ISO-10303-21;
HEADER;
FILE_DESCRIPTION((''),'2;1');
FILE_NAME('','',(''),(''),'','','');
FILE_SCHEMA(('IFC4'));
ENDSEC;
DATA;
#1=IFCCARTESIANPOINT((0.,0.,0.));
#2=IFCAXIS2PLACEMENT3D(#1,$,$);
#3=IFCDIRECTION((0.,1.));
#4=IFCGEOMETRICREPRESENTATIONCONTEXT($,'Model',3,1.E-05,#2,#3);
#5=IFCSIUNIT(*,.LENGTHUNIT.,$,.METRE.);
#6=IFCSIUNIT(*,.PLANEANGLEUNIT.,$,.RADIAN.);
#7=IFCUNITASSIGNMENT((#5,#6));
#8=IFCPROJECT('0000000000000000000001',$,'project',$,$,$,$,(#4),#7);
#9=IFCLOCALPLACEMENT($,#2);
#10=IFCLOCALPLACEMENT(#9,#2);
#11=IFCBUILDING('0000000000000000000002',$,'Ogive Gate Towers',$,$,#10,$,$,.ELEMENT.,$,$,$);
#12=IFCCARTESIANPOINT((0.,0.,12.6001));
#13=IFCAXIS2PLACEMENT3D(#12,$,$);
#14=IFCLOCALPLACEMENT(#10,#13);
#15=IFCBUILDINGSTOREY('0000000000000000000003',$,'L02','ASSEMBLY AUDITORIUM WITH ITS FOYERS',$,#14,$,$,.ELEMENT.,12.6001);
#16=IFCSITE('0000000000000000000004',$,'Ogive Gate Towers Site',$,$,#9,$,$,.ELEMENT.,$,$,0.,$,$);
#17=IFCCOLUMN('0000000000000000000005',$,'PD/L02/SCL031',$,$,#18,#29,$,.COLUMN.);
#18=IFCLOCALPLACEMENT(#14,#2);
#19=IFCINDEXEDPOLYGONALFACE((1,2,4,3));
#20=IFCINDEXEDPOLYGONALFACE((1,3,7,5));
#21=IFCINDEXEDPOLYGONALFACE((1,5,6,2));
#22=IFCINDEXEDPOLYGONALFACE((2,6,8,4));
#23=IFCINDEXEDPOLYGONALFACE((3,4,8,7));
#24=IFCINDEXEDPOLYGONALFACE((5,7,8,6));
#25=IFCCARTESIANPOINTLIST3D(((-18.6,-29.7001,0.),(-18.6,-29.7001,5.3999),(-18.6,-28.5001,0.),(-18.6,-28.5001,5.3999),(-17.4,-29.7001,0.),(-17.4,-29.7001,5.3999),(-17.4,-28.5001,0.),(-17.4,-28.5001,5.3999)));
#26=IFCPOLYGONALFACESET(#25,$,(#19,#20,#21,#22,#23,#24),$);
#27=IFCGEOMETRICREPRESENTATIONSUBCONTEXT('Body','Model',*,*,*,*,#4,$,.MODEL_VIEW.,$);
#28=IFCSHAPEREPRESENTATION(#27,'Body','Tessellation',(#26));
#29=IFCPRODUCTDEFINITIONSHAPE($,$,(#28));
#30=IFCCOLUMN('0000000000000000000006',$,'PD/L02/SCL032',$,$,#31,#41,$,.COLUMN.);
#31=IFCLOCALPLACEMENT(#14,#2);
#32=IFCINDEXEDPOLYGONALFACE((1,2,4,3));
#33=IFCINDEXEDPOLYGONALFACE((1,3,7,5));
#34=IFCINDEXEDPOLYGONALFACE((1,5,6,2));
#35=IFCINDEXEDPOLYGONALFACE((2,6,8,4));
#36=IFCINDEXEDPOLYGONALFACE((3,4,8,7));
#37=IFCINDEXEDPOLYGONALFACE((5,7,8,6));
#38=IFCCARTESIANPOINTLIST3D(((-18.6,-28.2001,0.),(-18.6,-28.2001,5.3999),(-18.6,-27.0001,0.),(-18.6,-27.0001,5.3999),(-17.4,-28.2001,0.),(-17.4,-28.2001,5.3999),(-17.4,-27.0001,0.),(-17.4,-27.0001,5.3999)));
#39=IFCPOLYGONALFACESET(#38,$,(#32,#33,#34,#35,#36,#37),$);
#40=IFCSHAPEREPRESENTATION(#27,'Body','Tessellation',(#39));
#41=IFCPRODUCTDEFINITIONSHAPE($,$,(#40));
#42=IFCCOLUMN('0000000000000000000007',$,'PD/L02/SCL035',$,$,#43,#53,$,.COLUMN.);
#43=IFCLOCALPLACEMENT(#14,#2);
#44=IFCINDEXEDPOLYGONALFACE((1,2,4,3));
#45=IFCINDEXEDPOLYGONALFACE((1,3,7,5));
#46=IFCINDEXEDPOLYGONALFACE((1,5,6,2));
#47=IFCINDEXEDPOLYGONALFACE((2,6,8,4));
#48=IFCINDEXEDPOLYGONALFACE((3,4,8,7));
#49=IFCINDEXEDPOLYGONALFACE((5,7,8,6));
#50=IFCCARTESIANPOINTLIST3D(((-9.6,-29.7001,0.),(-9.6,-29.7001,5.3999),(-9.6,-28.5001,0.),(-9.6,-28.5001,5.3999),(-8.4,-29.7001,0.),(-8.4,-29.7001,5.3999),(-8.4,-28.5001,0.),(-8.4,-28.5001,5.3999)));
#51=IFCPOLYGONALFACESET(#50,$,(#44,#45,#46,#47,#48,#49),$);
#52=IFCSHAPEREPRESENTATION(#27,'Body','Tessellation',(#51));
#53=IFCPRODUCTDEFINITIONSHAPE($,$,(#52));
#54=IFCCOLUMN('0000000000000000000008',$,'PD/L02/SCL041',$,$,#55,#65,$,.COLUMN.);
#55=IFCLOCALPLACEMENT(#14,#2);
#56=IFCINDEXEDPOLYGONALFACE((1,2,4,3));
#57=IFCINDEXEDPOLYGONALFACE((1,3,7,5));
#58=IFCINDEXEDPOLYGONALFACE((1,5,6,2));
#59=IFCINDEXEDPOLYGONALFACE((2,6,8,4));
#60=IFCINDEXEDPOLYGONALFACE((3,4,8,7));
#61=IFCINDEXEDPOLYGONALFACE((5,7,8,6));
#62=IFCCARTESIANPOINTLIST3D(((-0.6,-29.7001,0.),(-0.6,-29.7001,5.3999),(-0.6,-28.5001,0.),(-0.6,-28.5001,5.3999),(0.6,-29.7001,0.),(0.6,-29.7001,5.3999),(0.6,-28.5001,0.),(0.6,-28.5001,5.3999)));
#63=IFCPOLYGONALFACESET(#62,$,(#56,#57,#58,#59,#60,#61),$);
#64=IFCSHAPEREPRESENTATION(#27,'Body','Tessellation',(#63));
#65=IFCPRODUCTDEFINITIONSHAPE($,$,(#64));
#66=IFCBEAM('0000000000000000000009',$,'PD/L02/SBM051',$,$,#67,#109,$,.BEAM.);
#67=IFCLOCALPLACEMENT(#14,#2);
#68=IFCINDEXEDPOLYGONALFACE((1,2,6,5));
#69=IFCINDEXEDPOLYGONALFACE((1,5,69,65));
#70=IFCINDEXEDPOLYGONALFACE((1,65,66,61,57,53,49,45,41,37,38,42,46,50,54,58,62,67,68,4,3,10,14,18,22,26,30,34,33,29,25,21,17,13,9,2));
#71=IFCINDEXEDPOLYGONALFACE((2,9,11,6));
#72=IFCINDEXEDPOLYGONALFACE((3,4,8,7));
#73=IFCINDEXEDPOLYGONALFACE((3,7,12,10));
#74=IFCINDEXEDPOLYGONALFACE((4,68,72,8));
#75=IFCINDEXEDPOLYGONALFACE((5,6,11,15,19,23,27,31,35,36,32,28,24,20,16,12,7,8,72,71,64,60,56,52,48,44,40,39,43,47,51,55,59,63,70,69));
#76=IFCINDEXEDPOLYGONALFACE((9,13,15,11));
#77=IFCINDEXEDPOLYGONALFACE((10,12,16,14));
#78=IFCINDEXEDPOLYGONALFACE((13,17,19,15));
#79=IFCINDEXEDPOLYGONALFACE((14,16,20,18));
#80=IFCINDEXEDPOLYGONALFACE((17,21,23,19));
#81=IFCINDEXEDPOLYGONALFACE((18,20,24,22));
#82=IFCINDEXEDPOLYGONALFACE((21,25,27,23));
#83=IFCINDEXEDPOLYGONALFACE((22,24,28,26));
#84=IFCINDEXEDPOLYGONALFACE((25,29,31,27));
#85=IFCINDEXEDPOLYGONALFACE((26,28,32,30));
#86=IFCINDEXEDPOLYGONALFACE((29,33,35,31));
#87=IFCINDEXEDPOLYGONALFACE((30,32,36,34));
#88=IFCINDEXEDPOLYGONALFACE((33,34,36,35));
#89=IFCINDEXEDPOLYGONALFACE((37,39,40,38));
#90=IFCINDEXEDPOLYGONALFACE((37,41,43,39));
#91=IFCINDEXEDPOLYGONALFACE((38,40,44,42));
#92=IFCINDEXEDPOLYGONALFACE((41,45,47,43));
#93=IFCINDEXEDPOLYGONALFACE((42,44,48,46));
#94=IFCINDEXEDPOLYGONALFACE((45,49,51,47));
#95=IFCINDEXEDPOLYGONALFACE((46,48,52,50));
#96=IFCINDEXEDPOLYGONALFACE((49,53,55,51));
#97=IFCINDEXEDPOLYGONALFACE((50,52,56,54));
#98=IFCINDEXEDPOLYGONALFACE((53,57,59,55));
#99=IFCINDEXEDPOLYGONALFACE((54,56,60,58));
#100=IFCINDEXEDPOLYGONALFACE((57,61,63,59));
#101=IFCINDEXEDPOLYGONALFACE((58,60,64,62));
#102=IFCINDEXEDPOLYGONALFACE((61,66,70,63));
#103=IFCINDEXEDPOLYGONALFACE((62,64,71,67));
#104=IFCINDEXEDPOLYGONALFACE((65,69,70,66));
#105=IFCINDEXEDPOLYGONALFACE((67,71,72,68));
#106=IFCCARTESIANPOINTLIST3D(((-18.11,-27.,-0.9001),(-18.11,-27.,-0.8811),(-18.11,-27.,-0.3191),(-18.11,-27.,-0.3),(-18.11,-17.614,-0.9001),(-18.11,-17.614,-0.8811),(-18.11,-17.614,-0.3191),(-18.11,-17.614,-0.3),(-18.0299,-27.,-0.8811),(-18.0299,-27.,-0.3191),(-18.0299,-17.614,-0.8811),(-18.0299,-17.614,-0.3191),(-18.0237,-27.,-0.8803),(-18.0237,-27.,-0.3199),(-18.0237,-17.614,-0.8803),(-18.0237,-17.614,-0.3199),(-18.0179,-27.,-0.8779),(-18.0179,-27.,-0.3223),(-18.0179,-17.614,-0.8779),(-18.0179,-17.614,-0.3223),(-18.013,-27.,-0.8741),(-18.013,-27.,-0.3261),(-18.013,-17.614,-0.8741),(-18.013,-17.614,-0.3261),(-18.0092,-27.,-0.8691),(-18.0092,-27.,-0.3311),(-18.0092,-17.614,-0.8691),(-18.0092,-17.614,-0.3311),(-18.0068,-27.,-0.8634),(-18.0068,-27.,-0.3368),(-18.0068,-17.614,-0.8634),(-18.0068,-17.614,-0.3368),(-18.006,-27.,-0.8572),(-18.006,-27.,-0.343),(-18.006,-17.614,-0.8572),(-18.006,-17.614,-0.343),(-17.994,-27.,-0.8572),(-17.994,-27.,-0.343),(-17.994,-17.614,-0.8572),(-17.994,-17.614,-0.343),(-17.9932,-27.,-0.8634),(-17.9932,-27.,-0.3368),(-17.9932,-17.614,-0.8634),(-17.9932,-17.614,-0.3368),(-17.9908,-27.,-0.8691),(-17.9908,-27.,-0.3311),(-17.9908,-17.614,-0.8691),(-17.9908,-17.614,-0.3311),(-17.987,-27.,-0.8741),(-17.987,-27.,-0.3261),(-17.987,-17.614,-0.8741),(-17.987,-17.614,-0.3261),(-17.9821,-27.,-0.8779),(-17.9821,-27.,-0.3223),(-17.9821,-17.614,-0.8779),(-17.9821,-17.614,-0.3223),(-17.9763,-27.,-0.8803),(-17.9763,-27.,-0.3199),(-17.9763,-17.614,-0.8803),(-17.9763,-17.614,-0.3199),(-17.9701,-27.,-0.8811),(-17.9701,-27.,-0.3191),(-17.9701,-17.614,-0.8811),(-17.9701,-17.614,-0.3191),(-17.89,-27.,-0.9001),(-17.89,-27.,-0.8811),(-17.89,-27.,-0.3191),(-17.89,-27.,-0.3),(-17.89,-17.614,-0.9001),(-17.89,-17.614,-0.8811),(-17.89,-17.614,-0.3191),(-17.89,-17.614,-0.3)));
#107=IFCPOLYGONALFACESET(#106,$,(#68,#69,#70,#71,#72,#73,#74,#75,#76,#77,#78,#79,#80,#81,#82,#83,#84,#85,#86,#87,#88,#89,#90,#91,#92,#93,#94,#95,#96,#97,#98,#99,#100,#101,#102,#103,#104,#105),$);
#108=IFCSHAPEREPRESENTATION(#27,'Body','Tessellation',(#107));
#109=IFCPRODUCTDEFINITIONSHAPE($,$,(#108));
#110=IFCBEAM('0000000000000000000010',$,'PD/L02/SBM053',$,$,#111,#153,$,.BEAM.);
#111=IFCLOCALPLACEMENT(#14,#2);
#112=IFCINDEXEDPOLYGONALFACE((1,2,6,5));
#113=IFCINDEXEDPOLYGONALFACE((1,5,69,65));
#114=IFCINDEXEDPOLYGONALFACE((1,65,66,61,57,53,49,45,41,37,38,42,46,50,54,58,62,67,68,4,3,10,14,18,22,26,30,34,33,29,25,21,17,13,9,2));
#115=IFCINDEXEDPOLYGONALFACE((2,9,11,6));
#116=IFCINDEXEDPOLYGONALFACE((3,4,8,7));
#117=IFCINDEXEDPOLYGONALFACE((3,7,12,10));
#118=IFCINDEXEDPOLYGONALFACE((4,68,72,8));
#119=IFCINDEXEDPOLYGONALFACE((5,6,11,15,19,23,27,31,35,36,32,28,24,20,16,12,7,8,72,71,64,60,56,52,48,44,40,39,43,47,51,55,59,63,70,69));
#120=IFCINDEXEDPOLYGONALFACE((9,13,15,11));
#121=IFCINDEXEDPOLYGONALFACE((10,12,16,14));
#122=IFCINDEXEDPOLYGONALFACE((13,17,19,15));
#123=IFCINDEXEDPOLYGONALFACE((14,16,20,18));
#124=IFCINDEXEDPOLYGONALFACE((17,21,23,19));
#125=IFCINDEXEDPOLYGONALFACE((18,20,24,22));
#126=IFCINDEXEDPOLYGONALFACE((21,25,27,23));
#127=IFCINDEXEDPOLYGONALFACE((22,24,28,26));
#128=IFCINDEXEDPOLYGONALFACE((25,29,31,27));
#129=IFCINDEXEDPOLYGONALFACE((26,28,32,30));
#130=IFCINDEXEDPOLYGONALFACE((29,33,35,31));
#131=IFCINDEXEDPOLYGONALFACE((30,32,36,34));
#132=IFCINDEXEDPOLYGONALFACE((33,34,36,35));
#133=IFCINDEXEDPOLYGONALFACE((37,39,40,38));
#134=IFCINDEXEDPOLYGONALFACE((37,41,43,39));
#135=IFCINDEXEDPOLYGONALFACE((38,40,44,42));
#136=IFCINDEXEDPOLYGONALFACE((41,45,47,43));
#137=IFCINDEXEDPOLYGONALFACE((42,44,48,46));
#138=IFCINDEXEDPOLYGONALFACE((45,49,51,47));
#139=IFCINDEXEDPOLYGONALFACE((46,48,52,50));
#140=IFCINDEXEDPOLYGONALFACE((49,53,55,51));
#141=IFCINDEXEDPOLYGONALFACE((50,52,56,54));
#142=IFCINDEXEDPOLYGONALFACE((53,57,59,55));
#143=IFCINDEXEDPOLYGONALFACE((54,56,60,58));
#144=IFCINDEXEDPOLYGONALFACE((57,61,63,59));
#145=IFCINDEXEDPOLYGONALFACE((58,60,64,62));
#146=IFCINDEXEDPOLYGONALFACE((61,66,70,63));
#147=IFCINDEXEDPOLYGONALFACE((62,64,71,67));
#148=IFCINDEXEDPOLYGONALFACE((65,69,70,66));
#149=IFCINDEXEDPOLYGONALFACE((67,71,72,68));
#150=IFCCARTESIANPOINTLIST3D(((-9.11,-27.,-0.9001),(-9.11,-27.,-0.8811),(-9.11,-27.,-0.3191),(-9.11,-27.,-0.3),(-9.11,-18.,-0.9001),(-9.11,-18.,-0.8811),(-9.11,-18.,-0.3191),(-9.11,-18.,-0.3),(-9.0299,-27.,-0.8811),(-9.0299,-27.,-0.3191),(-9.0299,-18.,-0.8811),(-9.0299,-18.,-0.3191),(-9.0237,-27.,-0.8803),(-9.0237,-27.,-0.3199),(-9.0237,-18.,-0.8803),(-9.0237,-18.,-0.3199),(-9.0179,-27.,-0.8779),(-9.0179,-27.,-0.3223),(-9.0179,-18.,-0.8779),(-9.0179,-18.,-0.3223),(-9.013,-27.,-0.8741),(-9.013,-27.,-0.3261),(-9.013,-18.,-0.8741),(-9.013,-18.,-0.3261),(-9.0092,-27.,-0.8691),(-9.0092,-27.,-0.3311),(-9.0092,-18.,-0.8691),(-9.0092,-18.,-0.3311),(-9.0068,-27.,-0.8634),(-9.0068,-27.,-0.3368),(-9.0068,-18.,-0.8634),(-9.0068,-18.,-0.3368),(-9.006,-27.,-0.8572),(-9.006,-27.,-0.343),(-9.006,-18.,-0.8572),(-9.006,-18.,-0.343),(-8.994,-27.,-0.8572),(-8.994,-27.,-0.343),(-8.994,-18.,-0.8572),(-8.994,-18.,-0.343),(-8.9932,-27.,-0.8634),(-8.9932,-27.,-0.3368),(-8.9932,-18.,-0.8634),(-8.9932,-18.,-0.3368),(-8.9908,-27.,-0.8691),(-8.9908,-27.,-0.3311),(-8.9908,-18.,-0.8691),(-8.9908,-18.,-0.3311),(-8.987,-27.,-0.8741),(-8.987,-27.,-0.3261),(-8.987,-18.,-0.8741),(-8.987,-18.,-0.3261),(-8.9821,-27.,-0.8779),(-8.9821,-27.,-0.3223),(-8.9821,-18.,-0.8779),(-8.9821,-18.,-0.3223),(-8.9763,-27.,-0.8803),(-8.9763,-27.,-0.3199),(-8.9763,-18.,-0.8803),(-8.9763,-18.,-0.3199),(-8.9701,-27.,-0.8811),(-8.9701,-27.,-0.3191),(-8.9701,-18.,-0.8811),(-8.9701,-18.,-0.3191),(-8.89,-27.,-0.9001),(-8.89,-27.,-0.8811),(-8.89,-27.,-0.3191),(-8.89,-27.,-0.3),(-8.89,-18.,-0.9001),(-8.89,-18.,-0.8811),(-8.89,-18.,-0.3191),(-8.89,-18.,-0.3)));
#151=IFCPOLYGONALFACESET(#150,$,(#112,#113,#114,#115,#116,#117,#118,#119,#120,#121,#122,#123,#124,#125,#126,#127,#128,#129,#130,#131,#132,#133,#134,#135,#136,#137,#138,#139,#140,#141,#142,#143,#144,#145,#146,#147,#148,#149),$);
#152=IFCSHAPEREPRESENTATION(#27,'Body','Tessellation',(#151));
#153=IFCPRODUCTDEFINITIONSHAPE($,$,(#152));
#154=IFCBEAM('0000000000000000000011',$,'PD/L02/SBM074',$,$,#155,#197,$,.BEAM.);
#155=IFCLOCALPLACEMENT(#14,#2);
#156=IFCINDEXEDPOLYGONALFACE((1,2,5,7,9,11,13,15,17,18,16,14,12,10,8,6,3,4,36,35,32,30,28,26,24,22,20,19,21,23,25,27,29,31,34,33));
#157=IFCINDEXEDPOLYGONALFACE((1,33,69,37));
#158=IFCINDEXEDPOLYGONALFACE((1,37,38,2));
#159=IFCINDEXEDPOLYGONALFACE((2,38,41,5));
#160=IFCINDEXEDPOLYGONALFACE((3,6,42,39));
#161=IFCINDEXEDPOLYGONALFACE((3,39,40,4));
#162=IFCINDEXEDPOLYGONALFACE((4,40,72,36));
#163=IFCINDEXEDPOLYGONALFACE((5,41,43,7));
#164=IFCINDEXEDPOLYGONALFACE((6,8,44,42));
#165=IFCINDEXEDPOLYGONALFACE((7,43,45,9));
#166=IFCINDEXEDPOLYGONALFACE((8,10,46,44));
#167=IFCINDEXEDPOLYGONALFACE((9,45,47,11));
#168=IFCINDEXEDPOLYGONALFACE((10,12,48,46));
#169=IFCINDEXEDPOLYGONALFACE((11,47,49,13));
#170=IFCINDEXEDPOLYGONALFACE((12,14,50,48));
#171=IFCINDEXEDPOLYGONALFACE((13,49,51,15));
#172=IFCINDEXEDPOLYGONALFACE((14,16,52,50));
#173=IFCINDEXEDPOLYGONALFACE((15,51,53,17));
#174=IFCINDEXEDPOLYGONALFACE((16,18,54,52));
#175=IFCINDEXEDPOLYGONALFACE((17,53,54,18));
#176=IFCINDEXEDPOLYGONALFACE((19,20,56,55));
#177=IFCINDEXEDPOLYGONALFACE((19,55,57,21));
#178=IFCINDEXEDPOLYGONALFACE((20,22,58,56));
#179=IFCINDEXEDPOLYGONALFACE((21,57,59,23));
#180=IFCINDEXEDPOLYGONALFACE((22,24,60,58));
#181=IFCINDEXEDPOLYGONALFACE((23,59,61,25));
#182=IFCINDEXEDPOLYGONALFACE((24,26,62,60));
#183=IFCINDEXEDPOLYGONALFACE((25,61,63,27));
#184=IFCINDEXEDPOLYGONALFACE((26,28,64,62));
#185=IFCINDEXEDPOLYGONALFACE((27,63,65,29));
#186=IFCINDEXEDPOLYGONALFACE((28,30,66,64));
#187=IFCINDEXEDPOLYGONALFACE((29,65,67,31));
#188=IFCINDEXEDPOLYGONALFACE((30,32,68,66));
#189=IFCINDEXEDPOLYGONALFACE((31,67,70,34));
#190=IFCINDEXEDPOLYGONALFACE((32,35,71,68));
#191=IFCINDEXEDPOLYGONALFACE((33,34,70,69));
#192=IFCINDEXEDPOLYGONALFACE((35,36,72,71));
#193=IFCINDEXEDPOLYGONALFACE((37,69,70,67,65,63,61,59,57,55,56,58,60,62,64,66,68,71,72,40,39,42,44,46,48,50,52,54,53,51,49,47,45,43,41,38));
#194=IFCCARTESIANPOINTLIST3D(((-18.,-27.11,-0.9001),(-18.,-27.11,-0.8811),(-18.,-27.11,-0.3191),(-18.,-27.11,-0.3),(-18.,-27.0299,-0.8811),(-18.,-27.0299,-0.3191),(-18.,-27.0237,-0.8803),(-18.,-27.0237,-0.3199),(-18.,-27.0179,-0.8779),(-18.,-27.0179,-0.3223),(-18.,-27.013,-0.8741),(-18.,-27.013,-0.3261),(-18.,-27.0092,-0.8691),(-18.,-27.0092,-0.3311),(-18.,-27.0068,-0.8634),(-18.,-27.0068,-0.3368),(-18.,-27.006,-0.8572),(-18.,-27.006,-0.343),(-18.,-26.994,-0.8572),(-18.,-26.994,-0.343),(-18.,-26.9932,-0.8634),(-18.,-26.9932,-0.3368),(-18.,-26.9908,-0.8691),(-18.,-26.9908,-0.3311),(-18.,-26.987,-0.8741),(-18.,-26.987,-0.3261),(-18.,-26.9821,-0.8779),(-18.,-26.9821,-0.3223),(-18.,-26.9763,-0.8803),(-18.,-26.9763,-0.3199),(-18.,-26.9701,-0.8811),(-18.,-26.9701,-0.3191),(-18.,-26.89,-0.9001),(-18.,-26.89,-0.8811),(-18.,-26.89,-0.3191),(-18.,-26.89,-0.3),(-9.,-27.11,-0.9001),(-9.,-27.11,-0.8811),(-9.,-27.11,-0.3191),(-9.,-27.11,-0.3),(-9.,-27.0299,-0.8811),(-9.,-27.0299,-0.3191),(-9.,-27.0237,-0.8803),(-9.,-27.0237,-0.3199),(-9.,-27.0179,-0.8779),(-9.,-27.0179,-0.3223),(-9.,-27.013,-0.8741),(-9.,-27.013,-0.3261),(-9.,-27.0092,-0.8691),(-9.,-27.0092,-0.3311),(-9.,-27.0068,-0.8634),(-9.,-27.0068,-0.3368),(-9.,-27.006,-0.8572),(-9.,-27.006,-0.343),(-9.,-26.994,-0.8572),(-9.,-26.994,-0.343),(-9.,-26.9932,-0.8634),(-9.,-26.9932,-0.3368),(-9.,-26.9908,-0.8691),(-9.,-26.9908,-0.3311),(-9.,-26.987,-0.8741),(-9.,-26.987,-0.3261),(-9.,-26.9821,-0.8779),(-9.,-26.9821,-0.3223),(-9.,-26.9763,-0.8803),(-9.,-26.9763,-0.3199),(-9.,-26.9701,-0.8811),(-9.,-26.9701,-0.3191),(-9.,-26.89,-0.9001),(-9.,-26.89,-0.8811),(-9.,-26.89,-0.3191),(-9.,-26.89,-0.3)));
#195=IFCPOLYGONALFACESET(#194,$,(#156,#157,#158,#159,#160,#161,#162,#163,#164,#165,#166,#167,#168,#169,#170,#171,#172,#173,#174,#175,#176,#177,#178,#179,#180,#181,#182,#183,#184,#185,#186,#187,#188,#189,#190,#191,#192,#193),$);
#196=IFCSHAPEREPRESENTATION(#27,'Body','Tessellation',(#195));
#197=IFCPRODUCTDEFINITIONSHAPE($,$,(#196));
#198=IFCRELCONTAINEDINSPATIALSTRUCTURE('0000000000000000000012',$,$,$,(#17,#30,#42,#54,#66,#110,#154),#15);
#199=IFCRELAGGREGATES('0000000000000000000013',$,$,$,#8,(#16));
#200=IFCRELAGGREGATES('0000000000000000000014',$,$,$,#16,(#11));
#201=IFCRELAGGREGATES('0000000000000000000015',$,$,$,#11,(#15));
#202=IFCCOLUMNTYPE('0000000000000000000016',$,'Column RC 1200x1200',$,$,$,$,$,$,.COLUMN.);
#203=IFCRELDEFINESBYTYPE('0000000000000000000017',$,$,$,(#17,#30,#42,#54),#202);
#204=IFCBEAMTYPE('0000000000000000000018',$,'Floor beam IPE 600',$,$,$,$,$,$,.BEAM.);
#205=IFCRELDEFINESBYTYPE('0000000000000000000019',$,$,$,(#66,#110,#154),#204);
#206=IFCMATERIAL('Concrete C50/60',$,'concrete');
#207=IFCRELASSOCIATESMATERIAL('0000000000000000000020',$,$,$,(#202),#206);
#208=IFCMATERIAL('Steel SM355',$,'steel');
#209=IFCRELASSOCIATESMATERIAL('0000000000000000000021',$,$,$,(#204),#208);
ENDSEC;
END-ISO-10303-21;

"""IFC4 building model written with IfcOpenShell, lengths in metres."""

from ifc_helpers import new_model, si_unit, direction, frame, origin, origin_2d, place, context, subcontext, project, spatial, rectangle, i_section, extrude, material, material_profile, profile_set, type_object, element, save


model = new_model("IFC4")

# Units and contexts
model_context = context("Model", 3, precision=1e-05, world=origin(), true_north=direction((0.0, 1.0)))
body_context = subcontext(model_context, "Body", "Model", "MODEL_VIEW")
ifc_project = project(units=[si_unit("LENGTHUNIT", "METRE"), si_unit("PLANEANGLEUNIT", "RADIAN")], contexts=[model_context])

# Site, building, storey
site_placement = place(None, origin())
site = spatial("IfcSite", under=ifc_project, at=site_placement, Name="Ogive Gate Towers Site", CompositionType="ELEMENT", RefElevation=0.0)
building_placement = place(site_placement, origin())
building = spatial("IfcBuilding", under=site, at=building_placement, Name="Ogive Gate Towers", CompositionType="ELEMENT")
storey_placement = place(building_placement, frame((0.0, 0.0, 12.6001)))
storey = spatial("IfcBuildingStorey", under=building, at=storey_placement, Name="L02", Description="ASSEMBLY AUDITORIUM WITH ITS FOYERS", CompositionType="ELEMENT", Elevation=12.6001)

# Columns
ifc_material_1 = material(Name="Concrete C50/60", Category="concrete")
ifc_material_profile_1 = material_profile(ifc_material_1, rectangle(XDim=1.2, YDim=1.2, at=origin_2d()), Name="RC 1200x1200")
ifc_profile_set_1 = profile_set([ifc_material_profile_1], Name="Concrete C50/60")
column_type = type_object("IfcColumnType", Name="Column RC 1200x1200", PredefinedType="COLUMN", material=ifc_profile_set_1)
for number, where, z_axis, x_axis, name in (
    (1, (-18.0, -29.1001, 0.0), (0.0, 0.0, 1.0), (1.0, 0.0, 0.0), "PD/L02/SCL031"),
    (2, (-18.0, -27.6001, 0.0), (0.0, 0.0, 1.0), (1.0, 0.0, 0.0), "PD/L02/SCL032"),
    (3, (-9.0, -29.1001, 0.0), (0.0, 0.0, 1.0), (1.0, 0.0, 0.0), "PD/L02/SCL035"),
    (4, (0.0, -29.1001, 0.0), (0.0, 0.0, 1.0), (1.0, 0.0, 0.0), "PD/L02/SCL041"),
):
    element("IfcColumn", number, at=place(storey_placement, frame(where, z_axis=z_axis, x_axis=x_axis)), inside=storey, type_object=column_type, Name=name, PredefinedType="COLUMN", context=body_context, shape_type="SweptSolid", body=[
        extrude(rectangle(XDim=1.2, YDim=1.2, at=origin_2d()), origin(), (0.0, 0.0, 1.0), 5.3999),
    ])

# Beams
ifc_material_2 = material(Name="Steel SM355", Category="steel")
ifc_material_profile_2 = material_profile(ifc_material_2, i_section(OverallWidth=0.22, OverallDepth=0.6001, WebThickness=0.012, FlangeThickness=0.019, FilletRadius=0.0239, at=origin_2d()), Name="IPE 600")
ifc_profile_set_2 = profile_set([ifc_material_profile_2], Name="Steel SM355")
beam_type_1 = type_object("IfcBeamType", Name="Floor beam IPE 600", PredefinedType="BEAM", material=ifc_profile_set_2)
beam_placement = place(storey_placement, frame((-18.0, -27.0, -0.6001), z_axis=(0.0, 1.0, 0.0), x_axis=(-1.0, 0.0, 0.0)))
element("IfcBeam", 5, at=beam_placement, inside=storey, type_object=beam_type_1, Name="PD/L02/SBM051", PredefinedType="BEAM", context=body_context, shape_type="SweptSolid", body=[
    extrude(i_section(OverallWidth=0.22, OverallDepth=0.6001, WebThickness=0.012, FlangeThickness=0.019, FilletRadius=0.0239, at=origin_2d()), origin(), (0.0, 0.0, 1.0), 9.386),
])
for number, where, z_axis, x_axis, name in (
    (6, (-9.0, -27.0, -0.6001), (0.0, 1.0, 0.0), (-1.0, 0.0, 0.0), "PD/L02/SBM053"),
    (7, (-18.0, -27.0, -0.6001), (1.0, 0.0, 0.0), (0.0, 1.0, 0.0), "PD/L02/SBM074"),
):
    element("IfcBeam", number, at=place(storey_placement, frame(where, z_axis=z_axis, x_axis=x_axis)), inside=storey, type_object=beam_type_1, Name=name, PredefinedType="BEAM", context=body_context, shape_type="SweptSolid", body=[
        extrude(i_section(OverallWidth=0.22, OverallDepth=0.6001, WebThickness=0.012, FlangeThickness=0.019, FilletRadius=0.0239, at=origin_2d()), origin(), (0.0, 0.0, 1.0), 9.0),
    ])

save(model, "model.ifc")
